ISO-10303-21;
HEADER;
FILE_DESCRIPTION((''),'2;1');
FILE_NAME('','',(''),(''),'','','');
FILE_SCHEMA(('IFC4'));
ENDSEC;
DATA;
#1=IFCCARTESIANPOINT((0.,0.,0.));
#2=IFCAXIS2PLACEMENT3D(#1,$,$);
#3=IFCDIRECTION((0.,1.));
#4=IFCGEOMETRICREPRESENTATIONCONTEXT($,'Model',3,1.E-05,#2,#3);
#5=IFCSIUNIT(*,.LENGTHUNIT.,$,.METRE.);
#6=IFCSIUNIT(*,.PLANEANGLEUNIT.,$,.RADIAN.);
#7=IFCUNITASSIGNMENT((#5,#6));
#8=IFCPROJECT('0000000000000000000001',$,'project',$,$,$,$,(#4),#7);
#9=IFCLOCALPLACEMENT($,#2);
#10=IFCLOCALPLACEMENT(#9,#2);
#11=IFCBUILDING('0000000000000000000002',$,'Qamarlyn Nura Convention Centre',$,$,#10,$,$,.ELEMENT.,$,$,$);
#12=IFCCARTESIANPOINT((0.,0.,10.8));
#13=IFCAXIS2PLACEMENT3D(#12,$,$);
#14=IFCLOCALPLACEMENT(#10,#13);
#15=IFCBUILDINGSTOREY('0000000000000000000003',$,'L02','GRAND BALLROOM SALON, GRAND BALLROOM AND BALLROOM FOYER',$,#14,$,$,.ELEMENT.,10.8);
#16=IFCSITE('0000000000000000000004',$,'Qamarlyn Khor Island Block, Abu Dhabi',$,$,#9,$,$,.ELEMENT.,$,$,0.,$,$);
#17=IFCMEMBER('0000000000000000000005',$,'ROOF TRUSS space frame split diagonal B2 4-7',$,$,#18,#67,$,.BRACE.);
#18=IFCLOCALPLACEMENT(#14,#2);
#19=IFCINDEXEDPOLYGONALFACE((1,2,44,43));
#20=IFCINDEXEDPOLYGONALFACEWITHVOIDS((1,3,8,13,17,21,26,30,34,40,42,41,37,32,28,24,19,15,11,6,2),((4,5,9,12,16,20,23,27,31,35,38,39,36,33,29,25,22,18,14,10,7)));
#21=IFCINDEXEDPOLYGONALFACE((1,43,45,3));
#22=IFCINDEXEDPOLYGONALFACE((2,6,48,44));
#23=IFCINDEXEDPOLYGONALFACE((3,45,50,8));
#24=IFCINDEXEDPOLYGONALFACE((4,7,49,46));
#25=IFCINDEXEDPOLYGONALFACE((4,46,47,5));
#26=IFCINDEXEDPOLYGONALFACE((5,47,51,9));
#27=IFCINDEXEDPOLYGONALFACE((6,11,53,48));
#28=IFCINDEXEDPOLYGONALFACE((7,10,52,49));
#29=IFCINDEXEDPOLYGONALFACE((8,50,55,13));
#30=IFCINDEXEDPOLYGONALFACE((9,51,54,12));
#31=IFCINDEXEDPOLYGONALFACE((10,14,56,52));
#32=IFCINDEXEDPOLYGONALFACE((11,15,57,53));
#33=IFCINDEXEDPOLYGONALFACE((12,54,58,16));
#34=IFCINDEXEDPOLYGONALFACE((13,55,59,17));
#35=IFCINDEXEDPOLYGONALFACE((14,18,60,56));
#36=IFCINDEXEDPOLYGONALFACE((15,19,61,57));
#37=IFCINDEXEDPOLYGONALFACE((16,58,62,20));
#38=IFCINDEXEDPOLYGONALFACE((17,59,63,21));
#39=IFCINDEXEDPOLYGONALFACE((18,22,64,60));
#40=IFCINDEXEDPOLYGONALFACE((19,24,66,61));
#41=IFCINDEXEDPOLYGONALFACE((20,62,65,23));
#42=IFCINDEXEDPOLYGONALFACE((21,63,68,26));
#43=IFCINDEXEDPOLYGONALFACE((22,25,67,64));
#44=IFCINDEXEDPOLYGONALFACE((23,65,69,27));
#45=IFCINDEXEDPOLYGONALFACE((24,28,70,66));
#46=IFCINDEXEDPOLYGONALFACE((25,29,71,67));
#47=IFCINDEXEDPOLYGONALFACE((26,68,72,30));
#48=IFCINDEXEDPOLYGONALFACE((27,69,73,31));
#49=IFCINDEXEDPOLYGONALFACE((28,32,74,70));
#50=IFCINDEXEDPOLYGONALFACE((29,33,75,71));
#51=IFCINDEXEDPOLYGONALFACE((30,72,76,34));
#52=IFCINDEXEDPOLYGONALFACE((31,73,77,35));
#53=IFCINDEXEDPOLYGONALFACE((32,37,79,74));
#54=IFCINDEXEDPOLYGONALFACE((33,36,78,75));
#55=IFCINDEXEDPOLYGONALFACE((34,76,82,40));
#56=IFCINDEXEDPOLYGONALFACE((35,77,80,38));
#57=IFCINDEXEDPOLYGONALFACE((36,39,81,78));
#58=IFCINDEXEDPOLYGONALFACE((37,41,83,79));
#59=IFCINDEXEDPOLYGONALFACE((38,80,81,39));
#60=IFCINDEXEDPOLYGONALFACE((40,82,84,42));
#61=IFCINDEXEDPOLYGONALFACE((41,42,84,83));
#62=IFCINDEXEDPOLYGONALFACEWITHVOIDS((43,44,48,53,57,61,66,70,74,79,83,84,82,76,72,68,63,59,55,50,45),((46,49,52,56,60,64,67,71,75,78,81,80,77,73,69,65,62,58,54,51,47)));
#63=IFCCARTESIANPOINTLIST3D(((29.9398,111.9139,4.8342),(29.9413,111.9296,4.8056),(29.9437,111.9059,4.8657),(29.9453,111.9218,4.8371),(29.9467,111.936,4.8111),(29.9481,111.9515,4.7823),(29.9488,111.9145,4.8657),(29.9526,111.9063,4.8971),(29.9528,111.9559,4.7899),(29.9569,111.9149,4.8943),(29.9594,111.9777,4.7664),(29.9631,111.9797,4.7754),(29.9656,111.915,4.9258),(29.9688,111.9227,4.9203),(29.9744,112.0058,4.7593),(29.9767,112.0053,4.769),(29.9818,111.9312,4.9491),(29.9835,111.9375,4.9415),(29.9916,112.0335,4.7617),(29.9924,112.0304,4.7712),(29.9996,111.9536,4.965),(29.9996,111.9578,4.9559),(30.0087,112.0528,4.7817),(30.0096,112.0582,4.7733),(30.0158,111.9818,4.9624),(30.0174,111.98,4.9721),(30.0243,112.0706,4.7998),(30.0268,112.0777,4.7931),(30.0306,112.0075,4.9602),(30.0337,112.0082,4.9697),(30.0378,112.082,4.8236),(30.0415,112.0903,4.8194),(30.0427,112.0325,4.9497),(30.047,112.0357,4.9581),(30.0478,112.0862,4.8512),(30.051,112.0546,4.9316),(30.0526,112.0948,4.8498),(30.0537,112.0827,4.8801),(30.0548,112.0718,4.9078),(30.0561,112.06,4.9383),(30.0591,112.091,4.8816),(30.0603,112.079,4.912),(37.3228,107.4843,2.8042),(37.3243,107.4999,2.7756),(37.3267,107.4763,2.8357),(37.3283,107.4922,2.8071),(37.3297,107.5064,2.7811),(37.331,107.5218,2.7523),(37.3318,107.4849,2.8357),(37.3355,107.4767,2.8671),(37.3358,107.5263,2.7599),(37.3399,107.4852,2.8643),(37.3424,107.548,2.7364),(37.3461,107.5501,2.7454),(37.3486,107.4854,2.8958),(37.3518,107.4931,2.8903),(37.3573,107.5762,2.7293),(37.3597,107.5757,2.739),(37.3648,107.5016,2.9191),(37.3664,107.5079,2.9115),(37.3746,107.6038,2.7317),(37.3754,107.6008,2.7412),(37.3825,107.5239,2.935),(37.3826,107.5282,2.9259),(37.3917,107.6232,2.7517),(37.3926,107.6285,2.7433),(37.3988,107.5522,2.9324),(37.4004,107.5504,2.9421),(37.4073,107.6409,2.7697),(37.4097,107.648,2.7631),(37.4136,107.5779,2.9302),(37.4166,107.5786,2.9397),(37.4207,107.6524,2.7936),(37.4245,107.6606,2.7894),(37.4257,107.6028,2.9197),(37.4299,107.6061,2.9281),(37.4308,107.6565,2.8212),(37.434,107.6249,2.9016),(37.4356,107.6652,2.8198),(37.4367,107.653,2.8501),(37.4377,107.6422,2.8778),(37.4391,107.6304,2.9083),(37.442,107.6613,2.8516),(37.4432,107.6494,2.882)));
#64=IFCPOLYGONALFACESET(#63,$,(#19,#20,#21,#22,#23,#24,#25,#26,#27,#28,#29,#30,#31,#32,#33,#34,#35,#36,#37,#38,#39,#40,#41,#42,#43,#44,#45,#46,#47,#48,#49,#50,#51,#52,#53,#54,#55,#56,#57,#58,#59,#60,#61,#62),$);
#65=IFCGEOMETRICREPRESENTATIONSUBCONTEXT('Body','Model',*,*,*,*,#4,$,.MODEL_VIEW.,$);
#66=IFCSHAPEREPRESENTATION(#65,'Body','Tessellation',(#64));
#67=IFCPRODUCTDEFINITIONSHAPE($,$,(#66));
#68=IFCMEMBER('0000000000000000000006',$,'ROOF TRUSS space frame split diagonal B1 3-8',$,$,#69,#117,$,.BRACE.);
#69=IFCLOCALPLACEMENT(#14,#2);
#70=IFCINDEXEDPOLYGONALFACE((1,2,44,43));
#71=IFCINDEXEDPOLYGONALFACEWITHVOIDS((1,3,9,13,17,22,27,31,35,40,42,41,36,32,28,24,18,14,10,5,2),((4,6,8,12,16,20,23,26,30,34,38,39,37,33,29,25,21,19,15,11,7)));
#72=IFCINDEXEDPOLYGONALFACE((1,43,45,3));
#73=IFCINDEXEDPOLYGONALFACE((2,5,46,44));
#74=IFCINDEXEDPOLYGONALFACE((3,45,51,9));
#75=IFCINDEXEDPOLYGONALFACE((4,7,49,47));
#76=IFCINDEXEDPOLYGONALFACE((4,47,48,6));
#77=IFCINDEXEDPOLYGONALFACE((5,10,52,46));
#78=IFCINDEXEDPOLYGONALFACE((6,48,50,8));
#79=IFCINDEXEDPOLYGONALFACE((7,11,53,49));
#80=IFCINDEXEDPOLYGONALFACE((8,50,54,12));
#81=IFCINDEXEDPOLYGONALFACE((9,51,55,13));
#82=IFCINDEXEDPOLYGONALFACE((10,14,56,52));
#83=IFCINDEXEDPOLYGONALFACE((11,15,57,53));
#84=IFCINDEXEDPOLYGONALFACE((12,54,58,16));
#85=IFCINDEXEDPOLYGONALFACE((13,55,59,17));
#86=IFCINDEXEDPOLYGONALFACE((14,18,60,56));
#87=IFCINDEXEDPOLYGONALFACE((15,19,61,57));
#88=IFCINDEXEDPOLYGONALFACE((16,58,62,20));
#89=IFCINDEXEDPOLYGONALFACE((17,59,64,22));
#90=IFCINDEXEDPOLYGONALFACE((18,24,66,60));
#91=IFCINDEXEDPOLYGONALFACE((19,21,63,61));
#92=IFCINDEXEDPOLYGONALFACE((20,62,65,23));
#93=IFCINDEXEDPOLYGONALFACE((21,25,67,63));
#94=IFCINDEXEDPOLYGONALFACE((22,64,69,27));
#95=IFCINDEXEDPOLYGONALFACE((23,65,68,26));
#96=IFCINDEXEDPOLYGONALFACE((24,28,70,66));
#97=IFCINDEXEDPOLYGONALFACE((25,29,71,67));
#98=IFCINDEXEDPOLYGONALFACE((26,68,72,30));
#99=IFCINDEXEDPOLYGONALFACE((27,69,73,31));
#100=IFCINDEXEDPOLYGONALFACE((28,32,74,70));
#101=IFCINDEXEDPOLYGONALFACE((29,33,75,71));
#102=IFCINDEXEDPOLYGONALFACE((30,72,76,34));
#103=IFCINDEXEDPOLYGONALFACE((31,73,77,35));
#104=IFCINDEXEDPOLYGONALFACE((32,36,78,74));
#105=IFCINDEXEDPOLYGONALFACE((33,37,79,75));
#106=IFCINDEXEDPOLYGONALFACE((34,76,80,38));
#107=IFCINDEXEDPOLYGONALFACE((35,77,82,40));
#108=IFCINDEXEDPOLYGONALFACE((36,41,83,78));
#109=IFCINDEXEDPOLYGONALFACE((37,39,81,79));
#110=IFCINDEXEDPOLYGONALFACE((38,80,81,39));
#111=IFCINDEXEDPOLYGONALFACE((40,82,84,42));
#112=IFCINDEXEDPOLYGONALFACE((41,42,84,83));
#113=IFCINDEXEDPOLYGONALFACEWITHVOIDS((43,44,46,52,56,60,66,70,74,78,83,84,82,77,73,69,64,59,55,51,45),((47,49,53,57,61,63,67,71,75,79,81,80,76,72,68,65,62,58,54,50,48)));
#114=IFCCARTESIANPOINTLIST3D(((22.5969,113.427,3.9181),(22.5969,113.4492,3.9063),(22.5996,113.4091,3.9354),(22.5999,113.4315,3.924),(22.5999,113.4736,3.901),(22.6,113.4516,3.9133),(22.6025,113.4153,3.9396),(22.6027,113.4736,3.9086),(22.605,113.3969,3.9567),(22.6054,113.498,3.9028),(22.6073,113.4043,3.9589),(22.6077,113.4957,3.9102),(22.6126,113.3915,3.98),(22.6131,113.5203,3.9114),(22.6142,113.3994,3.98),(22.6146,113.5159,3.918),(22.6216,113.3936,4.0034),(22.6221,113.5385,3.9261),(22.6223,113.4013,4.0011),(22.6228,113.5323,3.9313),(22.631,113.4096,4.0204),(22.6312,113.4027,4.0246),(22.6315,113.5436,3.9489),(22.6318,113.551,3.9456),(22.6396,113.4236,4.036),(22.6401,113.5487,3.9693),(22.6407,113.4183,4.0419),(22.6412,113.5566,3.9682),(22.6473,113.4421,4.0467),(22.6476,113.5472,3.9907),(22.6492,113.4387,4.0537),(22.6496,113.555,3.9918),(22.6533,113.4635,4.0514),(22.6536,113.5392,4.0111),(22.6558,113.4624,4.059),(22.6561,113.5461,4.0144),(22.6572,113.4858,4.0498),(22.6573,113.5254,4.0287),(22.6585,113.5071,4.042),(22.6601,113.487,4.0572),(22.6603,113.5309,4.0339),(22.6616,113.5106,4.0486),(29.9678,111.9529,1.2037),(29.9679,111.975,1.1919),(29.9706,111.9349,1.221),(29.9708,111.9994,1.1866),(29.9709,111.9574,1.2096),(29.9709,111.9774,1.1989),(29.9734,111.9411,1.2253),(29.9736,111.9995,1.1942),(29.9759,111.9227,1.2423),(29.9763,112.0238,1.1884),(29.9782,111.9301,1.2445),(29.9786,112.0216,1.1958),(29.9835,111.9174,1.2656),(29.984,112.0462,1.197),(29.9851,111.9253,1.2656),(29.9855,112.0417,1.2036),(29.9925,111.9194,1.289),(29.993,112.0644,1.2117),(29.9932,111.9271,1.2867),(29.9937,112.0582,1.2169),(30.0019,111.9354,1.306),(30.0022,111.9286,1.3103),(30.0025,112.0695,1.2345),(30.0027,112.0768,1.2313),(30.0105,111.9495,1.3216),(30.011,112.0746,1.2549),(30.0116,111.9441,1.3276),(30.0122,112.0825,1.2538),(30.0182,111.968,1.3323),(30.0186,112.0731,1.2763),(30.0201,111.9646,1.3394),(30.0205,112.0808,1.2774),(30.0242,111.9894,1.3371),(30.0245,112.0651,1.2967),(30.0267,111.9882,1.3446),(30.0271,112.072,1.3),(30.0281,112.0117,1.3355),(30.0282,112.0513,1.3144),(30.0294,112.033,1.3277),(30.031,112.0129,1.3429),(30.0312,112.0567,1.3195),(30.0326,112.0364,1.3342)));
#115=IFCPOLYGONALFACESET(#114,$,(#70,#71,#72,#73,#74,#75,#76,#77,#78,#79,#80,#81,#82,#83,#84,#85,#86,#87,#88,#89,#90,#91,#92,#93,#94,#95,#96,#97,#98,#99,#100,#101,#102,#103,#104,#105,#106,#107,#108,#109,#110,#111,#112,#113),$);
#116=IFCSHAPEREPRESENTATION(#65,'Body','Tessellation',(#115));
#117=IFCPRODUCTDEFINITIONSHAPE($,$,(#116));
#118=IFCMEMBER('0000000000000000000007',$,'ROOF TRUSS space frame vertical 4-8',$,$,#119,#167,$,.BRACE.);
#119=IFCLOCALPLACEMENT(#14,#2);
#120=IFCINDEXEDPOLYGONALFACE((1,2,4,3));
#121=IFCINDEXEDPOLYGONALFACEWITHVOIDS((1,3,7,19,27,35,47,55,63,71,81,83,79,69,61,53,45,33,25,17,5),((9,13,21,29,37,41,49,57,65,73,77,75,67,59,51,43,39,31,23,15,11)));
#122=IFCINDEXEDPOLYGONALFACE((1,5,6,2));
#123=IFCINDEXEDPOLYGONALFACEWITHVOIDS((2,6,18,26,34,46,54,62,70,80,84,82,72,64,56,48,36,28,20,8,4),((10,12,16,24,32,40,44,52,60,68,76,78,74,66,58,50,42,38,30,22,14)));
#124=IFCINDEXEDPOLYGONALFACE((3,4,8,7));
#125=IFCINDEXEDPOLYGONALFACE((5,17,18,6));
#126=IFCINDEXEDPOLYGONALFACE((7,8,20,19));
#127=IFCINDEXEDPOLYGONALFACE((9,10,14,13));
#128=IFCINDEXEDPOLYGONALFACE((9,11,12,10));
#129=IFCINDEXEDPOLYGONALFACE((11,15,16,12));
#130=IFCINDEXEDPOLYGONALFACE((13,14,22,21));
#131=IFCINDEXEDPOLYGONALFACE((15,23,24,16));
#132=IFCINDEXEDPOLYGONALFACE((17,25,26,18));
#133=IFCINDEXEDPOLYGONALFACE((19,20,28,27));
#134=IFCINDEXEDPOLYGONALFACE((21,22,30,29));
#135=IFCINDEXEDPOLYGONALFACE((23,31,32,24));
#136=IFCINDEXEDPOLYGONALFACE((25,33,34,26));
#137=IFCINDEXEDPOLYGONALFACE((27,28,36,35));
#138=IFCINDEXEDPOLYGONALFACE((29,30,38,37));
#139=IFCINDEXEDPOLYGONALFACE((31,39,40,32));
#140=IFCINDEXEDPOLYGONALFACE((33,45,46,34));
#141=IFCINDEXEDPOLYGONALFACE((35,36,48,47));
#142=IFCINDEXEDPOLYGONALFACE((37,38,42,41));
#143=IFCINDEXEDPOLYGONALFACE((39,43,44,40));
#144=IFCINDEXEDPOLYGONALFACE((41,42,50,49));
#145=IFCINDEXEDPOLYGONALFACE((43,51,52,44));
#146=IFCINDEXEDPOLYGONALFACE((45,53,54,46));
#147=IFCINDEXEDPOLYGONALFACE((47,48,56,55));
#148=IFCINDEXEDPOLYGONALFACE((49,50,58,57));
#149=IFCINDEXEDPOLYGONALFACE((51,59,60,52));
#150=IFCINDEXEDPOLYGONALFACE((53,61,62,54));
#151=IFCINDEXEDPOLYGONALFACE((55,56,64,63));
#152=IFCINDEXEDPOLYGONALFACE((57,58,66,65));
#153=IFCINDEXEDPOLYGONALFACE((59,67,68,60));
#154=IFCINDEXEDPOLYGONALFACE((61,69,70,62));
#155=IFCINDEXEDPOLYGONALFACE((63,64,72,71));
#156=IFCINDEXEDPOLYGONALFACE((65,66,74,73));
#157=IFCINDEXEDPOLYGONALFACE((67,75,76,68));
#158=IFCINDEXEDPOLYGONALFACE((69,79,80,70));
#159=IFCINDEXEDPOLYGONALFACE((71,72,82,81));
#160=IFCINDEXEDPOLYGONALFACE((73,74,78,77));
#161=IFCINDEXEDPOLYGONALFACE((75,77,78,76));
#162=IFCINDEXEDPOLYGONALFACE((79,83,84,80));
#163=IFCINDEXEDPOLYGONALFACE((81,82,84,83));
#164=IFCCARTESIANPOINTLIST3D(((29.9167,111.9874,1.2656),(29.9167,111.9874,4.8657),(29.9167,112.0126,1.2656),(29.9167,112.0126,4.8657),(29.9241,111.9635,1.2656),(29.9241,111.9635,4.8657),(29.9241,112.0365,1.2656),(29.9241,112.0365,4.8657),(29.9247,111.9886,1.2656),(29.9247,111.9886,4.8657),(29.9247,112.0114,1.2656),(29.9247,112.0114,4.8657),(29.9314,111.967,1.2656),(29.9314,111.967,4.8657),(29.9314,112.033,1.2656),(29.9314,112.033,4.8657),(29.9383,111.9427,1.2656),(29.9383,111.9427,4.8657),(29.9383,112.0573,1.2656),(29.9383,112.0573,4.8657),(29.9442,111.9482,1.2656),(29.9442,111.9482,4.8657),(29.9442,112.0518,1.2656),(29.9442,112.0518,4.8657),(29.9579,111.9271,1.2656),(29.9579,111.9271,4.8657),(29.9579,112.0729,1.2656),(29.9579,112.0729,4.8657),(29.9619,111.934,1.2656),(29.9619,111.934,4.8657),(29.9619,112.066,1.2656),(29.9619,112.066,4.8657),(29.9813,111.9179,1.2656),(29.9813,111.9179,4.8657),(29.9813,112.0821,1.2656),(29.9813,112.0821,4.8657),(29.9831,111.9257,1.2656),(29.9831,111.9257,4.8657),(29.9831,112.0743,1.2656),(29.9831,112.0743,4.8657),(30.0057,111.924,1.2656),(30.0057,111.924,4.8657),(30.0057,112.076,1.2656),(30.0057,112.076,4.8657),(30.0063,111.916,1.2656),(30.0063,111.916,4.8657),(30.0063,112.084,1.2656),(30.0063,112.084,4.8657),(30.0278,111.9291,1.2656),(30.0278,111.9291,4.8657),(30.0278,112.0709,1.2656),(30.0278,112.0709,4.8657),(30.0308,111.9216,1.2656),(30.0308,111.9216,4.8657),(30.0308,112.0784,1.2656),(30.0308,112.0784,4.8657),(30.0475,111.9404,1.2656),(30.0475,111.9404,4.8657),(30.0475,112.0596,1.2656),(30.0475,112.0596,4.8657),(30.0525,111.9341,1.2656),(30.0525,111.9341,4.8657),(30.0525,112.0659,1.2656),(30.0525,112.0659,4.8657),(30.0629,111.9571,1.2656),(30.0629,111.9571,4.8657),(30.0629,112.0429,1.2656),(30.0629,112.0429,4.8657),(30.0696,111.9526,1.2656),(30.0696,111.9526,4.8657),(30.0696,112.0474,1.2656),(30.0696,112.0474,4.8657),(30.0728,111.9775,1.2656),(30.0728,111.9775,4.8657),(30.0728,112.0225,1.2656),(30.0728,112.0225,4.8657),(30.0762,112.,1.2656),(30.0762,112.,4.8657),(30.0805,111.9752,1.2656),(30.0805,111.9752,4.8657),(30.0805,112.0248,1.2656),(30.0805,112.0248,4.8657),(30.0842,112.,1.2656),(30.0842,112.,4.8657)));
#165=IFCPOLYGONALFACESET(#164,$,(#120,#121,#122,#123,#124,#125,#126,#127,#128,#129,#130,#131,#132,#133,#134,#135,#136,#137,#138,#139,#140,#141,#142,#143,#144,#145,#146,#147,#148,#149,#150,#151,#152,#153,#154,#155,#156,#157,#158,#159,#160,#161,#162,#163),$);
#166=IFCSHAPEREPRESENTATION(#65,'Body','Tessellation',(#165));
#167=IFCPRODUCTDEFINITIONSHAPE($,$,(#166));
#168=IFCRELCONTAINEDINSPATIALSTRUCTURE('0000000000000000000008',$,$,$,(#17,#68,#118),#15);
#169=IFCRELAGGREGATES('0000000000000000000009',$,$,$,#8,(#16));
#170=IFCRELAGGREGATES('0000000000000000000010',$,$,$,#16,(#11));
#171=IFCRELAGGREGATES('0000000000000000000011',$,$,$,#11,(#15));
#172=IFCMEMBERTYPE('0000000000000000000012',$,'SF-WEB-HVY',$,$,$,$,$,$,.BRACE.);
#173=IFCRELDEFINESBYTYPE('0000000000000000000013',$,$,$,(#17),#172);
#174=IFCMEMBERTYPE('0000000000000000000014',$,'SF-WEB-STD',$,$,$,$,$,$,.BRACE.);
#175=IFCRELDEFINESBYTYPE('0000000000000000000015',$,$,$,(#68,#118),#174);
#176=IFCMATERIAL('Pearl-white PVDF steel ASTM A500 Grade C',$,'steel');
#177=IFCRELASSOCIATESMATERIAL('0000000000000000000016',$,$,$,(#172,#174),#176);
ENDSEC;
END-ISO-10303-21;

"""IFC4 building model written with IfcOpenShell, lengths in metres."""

from ifc_helpers import new_model, si_unit, direction, frame, origin, origin_2d, place, context, subcontext, project, spatial, hollow_circle, extrude, material, material_profile, profile_set, type_object, element, save


model = new_model("IFC4")

# Units and contexts
model_context = context("Model", 3, precision=1e-05, world=origin(), true_north=direction((0.0, 1.0)))
body_context = subcontext(model_context, "Body", "Model", "MODEL_VIEW")
ifc_project = project(units=[si_unit("LENGTHUNIT", "METRE"), si_unit("PLANEANGLEUNIT", "RADIAN")], contexts=[model_context])

# Site, building, storey
site_placement = place(None, origin())
site = spatial("IfcSite", under=ifc_project, at=site_placement, Name="Qamarlyn Khor Island Block, Abu Dhabi", CompositionType="ELEMENT", RefElevation=0.0)
building_placement = place(site_placement, origin())
building = spatial("IfcBuilding", under=site, at=building_placement, Name="Qamarlyn Nura Convention Centre", CompositionType="ELEMENT")
storey_placement = place(building_placement, frame((0.0, 0.0, 10.8)))
storey = spatial("IfcBuildingStorey", under=building, at=storey_placement, Name="L02", Description="GRAND BALLROOM SALON, GRAND BALLROOM AND BALLROOM FOYER", CompositionType="ELEMENT", Elevation=10.8)

# Members
ifc_material_1 = material(Name="Pearl-white PVDF steel ASTM A500 Grade C", Category="steel")
ifc_material_profile_1 = material_profile(ifc_material_1, hollow_circle(Radius=0.1096, WallThickness=0.01, at=origin_2d()), Name="CHS219.1X10")
ifc_profile_set_1 = profile_set([ifc_material_profile_1], Name="Pearl-white PVDF steel ASTM A500 Grade C")
member_type_1 = type_object("IfcMemberType", Name="SF-WEB-HVY", PredefinedType="BRACE", material=ifc_profile_set_1)
member_1_placement = place(storey_placement, frame((37.3831, 107.5703, 2.8357), z_axis=(-0.834616, 0.500753, 0.229484), x_axis=(-0.514483, -0.8575, 0.0)))
element("IfcMember", 1, at=member_1_placement, inside=storey, type_object=member_type_1, Name="ROOF TRUSS space frame split diagonal B2 4-7", PredefinedType="BRACE", context=body_context, shape_type="SweptSolid", body=[
    extrude(hollow_circle(Radius=0.1096, WallThickness=0.01, at=origin_2d()), origin(), (0.0, 0.0, 1.0), 8.8459),
])
ifc_material_profile_2 = material_profile(ifc_material_1, hollow_circle(Radius=0.0842, WallThickness=0.0081, at=origin_2d()), Name="CHS168.3X8")
ifc_profile_set_2 = profile_set([ifc_material_profile_2], Name="Pearl-white PVDF steel ASTM A500 Grade C")
member_type_2 = type_object("IfcMemberType", Name="SF-WEB-STD", PredefinedType="BRACE", material=ifc_profile_set_2)
member_2_placement = place(storey_placement, frame((30.0, 112.0, 1.2656), z_axis=(-0.922292, 0.184452, 0.339639), x_axis=(-0.19611, -0.980582, 0.0)))
element("IfcMember", 2, at=member_2_placement, inside=storey, type_object=member_type_2, Name="ROOF TRUSS space frame split diagonal B1 3-8", PredefinedType="BRACE", context=body_context, shape_type="SweptSolid", body=[
    extrude(hollow_circle(Radius=0.0842, WallThickness=0.0081, at=origin_2d()), origin(), (0.0, 0.0, 1.0), 7.9919),
])
member_3_placement = place(storey_placement, frame((30.0, 112.0, 1.2656), z_axis=(0.0, 0.0, 1.0), x_axis=(1.0, 0.0, 0.0)))
element("IfcMember", 3, at=member_3_placement, inside=storey, type_object=member_type_2, Name="ROOF TRUSS space frame vertical 4-8", PredefinedType="BRACE", context=body_context, shape_type="SweptSolid", body=[
    extrude(hollow_circle(Radius=0.0842, WallThickness=0.0081, at=origin_2d()), origin(), (0.0, 0.0, 1.0), 3.6001),
])

save(model, "model.ifc")
